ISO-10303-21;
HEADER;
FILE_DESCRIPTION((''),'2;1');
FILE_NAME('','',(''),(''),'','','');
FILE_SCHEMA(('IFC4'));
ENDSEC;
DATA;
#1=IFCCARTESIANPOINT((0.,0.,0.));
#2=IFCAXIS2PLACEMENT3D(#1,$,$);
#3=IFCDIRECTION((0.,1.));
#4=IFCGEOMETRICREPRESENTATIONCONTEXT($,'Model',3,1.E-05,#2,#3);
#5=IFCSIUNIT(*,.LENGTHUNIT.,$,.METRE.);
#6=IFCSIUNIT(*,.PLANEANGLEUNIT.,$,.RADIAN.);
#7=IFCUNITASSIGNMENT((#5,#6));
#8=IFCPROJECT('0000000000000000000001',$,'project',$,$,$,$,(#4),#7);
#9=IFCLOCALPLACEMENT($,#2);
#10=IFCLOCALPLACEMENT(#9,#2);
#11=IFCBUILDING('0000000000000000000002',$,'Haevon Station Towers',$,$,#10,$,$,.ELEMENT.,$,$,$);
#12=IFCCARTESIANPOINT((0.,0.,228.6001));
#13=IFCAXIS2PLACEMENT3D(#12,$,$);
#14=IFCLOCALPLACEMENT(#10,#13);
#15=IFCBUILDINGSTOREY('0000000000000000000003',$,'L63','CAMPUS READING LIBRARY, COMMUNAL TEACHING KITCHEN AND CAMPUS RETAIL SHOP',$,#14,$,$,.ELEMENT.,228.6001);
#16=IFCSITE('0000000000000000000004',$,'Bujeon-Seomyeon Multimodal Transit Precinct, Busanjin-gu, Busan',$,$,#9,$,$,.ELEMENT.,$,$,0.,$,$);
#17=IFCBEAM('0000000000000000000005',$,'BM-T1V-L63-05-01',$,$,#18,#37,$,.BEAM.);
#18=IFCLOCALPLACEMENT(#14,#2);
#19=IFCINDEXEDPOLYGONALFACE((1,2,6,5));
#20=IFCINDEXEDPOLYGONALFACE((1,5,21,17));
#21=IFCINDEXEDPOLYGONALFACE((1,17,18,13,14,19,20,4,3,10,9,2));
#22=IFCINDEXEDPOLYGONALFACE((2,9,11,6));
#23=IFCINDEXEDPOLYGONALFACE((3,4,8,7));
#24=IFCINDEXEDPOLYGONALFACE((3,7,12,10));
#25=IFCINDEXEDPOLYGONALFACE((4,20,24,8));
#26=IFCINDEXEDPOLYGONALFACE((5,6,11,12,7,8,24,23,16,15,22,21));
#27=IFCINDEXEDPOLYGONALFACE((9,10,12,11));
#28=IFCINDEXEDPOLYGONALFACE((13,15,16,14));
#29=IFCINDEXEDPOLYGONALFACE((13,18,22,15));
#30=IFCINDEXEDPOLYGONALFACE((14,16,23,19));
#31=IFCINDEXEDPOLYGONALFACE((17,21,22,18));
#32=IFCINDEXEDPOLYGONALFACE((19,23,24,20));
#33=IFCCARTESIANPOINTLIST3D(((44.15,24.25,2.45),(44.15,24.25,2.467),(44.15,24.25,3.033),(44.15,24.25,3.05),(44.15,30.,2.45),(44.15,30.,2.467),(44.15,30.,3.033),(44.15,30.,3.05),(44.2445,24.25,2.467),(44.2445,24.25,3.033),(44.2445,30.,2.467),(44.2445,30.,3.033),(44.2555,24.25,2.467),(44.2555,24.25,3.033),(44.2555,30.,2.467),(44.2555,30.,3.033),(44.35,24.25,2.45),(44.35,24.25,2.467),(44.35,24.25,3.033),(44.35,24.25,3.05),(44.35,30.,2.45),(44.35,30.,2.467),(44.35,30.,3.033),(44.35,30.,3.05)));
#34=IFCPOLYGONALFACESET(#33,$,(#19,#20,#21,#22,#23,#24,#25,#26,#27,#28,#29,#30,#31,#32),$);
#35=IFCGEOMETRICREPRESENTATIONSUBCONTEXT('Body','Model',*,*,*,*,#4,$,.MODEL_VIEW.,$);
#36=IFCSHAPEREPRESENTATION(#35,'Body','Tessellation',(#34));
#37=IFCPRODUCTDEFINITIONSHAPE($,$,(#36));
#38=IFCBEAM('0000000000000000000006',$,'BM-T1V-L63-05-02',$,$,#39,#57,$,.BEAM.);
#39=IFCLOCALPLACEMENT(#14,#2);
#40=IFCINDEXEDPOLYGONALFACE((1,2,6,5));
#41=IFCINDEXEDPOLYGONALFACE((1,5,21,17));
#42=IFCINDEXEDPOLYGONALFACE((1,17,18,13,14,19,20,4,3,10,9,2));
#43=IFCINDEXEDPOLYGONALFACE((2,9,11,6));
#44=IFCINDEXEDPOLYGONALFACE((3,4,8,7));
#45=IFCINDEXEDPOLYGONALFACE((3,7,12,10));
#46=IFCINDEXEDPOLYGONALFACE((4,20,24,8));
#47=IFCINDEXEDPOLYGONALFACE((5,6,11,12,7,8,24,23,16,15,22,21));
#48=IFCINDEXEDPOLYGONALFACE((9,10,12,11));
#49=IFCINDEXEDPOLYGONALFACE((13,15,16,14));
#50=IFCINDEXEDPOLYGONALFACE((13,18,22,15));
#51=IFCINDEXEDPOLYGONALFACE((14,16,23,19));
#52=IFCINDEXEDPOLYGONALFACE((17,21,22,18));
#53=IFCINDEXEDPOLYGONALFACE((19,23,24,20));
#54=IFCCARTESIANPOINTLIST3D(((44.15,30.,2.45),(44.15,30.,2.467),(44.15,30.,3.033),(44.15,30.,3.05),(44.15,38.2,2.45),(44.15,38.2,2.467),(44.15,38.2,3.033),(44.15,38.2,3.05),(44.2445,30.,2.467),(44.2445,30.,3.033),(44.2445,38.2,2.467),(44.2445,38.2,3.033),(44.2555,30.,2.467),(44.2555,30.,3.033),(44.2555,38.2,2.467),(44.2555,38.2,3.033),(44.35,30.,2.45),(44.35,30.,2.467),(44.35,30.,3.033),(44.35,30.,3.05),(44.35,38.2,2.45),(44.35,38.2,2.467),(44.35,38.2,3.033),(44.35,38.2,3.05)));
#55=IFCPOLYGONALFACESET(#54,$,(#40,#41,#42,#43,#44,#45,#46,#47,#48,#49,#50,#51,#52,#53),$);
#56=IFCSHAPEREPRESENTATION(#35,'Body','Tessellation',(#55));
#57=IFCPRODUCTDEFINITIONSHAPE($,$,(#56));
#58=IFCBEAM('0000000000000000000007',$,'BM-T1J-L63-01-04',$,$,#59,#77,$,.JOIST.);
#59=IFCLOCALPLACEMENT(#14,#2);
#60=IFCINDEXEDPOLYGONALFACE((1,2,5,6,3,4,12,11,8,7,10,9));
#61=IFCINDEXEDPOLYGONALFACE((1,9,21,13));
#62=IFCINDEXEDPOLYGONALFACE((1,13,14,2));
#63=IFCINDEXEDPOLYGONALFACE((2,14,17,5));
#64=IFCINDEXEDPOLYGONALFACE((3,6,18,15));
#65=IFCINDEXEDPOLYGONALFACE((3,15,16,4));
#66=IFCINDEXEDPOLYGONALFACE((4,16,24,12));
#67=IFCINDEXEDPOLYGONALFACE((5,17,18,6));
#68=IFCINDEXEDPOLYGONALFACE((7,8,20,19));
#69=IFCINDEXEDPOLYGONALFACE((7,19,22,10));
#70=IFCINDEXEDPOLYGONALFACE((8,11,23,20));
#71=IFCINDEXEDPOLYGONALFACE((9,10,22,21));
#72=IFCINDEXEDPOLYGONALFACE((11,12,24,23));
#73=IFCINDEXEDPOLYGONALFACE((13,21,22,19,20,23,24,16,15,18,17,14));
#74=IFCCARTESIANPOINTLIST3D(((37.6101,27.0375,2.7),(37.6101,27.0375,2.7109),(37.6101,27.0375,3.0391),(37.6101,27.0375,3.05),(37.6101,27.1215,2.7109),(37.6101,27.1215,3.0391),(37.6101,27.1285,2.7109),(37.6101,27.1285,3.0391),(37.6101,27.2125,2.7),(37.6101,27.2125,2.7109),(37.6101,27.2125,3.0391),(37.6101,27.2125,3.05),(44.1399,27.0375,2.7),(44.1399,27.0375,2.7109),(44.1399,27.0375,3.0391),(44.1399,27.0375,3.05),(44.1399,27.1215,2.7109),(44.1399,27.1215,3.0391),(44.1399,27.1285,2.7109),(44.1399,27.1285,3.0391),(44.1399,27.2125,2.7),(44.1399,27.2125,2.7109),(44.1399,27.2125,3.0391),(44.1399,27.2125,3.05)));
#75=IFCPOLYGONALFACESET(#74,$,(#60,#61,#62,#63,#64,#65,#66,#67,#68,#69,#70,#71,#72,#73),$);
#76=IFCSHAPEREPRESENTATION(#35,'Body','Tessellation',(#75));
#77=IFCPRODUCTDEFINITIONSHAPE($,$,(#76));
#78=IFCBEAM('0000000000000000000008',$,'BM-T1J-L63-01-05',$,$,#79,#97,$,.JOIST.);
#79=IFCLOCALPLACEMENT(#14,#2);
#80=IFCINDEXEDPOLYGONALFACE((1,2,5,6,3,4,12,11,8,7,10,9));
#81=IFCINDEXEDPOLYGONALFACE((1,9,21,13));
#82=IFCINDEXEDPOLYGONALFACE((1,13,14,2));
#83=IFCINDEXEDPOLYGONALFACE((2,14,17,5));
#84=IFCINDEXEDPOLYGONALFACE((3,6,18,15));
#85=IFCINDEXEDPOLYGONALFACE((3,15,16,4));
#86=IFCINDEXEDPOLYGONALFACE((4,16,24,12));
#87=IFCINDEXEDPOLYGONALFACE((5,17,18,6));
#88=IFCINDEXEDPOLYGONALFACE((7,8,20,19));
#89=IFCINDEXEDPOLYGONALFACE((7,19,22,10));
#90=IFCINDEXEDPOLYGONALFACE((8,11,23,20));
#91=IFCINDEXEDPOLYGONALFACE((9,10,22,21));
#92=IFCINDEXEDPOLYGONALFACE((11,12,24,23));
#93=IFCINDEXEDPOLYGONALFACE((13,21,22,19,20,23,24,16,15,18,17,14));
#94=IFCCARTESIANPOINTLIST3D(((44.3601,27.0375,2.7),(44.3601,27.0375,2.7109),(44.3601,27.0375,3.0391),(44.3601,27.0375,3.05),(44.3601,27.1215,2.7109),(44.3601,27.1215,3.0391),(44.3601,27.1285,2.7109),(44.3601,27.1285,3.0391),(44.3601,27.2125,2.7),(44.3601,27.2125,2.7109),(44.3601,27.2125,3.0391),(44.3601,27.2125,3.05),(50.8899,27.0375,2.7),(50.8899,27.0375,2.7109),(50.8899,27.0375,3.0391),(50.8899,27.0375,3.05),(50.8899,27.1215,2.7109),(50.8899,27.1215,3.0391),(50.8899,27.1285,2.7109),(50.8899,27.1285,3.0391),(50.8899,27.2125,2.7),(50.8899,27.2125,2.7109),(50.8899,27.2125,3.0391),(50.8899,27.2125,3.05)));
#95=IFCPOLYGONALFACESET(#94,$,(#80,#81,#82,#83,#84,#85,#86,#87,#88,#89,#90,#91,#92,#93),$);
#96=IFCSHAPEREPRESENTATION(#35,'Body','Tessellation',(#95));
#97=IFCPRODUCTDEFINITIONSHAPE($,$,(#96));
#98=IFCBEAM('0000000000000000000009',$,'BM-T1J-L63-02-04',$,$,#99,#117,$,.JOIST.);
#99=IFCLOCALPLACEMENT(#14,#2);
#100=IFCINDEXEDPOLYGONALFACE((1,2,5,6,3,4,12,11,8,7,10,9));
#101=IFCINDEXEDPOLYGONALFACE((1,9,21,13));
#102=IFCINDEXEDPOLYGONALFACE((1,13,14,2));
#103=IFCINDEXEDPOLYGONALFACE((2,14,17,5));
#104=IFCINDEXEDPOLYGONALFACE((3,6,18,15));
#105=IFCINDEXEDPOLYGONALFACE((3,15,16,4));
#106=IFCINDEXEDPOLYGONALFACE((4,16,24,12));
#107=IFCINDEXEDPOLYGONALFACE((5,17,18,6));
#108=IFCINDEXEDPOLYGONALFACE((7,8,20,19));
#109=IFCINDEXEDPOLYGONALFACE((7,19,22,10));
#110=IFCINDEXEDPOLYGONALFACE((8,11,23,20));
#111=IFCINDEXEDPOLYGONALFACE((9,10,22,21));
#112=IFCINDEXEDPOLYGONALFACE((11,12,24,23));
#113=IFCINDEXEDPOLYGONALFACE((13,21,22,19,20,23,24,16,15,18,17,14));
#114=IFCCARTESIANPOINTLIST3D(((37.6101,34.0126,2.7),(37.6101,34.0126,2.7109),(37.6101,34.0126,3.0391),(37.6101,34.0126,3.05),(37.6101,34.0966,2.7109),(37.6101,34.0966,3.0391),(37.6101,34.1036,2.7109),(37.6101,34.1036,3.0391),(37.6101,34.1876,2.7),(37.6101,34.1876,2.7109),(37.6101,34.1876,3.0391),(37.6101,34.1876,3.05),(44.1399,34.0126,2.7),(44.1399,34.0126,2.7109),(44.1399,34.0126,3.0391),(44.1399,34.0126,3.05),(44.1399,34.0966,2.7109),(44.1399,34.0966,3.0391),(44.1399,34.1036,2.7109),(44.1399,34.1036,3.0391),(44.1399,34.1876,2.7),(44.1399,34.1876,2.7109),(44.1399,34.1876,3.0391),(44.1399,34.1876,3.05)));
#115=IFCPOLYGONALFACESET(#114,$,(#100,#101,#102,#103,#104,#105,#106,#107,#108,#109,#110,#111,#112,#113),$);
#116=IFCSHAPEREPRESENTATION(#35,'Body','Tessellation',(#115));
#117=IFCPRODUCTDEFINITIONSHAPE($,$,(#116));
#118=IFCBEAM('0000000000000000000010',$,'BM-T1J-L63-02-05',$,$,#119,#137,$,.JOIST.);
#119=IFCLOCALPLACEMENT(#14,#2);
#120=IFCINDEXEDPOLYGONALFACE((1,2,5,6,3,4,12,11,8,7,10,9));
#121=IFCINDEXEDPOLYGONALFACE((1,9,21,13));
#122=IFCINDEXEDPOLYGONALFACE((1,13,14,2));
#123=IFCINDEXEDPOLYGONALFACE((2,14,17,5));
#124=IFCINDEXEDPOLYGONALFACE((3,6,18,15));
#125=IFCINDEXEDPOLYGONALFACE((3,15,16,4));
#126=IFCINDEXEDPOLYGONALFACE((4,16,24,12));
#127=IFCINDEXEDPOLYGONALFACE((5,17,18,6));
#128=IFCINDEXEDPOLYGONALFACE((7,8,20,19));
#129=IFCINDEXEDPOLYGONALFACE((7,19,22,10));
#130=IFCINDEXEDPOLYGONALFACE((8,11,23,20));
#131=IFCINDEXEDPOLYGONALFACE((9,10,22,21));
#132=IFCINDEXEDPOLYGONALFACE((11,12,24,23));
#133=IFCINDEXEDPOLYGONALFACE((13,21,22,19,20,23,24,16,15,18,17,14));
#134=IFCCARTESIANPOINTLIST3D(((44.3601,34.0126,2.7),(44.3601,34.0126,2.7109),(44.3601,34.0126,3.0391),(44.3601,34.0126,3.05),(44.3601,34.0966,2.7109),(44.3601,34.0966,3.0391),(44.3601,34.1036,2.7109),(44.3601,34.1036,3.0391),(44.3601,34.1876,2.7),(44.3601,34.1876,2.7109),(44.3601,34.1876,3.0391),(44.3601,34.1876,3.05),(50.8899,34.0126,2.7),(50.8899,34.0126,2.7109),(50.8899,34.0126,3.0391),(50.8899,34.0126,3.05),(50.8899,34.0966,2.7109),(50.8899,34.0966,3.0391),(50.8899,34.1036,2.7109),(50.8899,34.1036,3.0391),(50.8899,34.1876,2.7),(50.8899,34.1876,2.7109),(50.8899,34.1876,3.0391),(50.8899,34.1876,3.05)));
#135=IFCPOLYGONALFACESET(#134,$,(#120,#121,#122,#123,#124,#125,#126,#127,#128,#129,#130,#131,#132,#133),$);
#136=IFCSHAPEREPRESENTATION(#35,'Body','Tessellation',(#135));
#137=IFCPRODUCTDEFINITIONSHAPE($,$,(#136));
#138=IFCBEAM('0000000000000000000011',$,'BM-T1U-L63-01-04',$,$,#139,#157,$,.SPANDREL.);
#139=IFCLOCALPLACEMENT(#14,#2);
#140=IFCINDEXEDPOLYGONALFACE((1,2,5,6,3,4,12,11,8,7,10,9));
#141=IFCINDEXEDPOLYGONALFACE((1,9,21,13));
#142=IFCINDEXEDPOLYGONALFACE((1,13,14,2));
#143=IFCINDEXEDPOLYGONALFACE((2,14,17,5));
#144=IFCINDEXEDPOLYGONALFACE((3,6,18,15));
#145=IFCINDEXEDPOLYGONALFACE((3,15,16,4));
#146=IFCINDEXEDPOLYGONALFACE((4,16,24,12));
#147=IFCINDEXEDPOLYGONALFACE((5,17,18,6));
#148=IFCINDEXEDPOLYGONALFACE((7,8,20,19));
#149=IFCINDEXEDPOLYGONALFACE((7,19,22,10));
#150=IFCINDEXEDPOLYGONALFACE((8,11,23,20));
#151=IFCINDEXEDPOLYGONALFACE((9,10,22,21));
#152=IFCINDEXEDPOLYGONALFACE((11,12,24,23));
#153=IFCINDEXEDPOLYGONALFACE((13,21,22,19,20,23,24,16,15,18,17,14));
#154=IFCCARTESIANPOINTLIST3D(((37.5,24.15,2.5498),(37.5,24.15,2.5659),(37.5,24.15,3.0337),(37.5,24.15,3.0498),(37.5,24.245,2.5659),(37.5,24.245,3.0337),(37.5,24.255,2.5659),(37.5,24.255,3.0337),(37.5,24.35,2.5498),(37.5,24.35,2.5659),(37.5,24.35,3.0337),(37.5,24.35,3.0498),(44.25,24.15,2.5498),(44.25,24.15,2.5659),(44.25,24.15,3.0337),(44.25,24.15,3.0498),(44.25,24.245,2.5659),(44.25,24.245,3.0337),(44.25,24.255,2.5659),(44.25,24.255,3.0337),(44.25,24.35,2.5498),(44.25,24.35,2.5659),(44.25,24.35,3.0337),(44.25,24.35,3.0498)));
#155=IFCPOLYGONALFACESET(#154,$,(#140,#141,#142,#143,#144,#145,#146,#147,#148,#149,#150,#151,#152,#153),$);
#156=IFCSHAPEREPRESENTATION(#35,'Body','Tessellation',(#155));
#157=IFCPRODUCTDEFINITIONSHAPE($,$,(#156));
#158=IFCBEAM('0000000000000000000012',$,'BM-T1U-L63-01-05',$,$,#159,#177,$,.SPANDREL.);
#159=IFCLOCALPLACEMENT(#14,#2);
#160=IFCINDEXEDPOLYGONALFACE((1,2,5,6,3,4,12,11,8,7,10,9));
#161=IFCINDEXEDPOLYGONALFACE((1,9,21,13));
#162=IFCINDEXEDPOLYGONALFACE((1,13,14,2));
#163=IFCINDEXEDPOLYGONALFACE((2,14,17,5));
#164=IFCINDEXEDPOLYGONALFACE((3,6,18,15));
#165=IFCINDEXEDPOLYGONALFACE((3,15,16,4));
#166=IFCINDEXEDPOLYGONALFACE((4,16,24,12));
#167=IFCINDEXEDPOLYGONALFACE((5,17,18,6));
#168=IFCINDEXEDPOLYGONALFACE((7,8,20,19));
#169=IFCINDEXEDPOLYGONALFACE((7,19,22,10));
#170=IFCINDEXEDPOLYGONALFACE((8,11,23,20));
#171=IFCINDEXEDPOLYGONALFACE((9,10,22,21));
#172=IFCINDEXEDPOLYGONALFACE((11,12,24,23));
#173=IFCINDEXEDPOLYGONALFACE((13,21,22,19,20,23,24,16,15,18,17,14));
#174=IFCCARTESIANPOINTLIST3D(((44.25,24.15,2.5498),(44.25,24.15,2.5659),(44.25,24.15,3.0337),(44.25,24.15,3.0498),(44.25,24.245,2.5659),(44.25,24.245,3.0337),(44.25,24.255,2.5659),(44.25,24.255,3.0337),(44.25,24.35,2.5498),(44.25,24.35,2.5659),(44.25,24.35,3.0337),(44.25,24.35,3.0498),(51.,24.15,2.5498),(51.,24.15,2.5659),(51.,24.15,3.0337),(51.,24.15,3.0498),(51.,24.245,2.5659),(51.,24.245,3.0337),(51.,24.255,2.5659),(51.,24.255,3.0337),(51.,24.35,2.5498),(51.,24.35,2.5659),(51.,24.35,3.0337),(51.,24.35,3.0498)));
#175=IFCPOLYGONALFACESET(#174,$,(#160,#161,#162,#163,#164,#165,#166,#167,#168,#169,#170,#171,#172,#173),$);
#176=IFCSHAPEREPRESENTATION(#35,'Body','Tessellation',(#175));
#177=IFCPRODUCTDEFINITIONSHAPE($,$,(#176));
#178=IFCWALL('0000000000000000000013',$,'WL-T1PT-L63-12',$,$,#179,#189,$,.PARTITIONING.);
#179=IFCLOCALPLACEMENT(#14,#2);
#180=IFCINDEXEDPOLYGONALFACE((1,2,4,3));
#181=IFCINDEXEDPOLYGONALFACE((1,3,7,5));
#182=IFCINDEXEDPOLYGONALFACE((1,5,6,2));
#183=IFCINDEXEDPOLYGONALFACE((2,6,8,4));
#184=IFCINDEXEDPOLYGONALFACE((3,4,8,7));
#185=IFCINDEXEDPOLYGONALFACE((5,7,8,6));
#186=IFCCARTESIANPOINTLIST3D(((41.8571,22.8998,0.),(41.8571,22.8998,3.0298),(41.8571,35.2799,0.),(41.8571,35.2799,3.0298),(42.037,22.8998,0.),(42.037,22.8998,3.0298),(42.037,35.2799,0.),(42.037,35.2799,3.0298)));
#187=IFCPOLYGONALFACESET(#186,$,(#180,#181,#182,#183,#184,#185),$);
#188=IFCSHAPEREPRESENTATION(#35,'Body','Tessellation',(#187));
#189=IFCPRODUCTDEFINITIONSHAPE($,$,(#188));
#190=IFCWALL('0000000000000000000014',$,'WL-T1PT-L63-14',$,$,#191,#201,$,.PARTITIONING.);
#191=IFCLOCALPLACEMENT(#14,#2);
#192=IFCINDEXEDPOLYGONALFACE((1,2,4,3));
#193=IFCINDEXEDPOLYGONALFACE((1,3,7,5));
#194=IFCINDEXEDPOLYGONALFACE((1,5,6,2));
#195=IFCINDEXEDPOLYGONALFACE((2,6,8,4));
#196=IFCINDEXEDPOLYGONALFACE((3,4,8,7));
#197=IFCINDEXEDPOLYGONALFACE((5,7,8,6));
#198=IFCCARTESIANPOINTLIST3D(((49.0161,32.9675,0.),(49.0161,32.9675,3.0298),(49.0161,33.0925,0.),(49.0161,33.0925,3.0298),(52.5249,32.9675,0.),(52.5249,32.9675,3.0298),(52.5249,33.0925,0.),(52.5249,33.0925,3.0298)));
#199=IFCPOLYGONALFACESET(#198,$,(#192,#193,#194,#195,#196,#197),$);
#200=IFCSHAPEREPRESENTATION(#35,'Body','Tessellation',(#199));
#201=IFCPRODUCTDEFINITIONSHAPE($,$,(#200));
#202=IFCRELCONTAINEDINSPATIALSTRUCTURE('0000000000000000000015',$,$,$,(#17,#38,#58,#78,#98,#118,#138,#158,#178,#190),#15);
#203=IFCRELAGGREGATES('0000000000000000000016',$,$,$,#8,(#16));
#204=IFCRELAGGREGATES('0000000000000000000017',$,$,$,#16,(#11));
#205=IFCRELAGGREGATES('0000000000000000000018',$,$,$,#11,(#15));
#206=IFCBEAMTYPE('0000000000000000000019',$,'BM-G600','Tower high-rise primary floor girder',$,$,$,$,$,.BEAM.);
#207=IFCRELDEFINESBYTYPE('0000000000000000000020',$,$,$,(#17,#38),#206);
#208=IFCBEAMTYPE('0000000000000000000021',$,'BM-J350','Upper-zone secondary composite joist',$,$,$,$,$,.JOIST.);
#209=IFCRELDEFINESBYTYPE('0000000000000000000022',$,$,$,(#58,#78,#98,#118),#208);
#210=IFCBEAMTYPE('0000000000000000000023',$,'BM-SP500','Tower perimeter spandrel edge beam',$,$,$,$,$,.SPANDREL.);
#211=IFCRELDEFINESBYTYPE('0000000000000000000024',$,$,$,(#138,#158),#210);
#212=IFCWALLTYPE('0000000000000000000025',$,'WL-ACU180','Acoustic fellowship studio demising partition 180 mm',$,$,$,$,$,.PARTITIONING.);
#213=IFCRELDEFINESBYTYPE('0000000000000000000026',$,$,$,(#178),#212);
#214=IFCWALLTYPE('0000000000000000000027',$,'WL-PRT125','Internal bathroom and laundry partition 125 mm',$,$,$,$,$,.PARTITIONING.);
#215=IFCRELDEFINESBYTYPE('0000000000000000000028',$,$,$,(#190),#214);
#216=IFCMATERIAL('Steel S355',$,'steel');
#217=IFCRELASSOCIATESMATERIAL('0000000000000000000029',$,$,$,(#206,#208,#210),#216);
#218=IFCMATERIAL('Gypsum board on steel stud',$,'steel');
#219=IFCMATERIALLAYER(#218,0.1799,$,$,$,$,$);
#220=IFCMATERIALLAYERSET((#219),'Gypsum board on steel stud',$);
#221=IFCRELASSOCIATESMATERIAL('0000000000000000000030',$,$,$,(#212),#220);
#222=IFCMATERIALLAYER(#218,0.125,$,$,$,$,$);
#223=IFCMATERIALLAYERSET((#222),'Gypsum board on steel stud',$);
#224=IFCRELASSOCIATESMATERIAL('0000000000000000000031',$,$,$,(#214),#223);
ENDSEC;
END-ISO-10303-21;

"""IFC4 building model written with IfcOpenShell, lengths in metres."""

from ifc_helpers import new_model, si_unit, direction, frame, frame_2d, origin, origin_2d, place, context, subcontext, project, spatial, rectangle, i_section, extrude, material, layer, layer_set, material_profile, profile_set, type_object, element, save


model = new_model("IFC4")

# Units and contexts
model_context = context("Model", 3, precision=1e-05, world=origin(), true_north=direction((0.0, 1.0)))
body_context = subcontext(model_context, "Body", "Model", "MODEL_VIEW")
ifc_project = project(units=[si_unit("LENGTHUNIT", "METRE"), si_unit("PLANEANGLEUNIT", "RADIAN")], contexts=[model_context])

# Site, building, storey
site_placement = place(None, origin())
site = spatial("IfcSite", under=ifc_project, at=site_placement, Name="Bujeon-Seomyeon Multimodal Transit Precinct, Busanjin-gu, Busan", CompositionType="ELEMENT", RefElevation=0.0)
building_placement = place(site_placement, origin())
building = spatial("IfcBuilding", under=site, at=building_placement, Name="Haevon Station Towers", CompositionType="ELEMENT")
storey_placement = place(building_placement, frame((0.0, 0.0, 228.6001)))
storey = spatial("IfcBuildingStorey", under=building, at=storey_placement, Name="L63", Description="CAMPUS READING LIBRARY, COMMUNAL TEACHING KITCHEN AND CAMPUS RETAIL SHOP", CompositionType="ELEMENT", Elevation=228.6001)

# Shared definitions
ifc_material_1 = material(Name="Steel S355", Category="steel")

# Beams
ifc_material_profile_1 = material_profile(ifc_material_1, i_section(OverallWidth=0.2, OverallDepth=0.6001, WebThickness=0.011, FlangeThickness=0.0171, at=origin_2d()), Name="H-600x200x11x17")
ifc_profile_set_1 = profile_set([ifc_material_profile_1], Name="Steel S355")
beam_type_1 = type_object("IfcBeamType", Name="BM-G600", Description="Tower high-rise primary floor girder", PredefinedType="BEAM", material=ifc_profile_set_1)
beam_1_placement = place(storey_placement, frame((44.25, 24.25, 2.75), z_axis=(0.0, 1.0, 0.0), x_axis=(-1.0, 0.0, 0.0)))
element("IfcBeam", 1, at=beam_1_placement, inside=storey, type_object=beam_type_1, Name="BM-T1V-L63-05-01", PredefinedType="BEAM", context=body_context, shape_type="SweptSolid", body=[
    extrude(i_section(OverallWidth=0.2, OverallDepth=0.6001, WebThickness=0.011, FlangeThickness=0.0171, at=origin_2d()), origin(), (0.0, 0.0, 1.0), 5.75),
])
beam_2_placement = place(storey_placement, frame((44.25, 30.0, 2.75), z_axis=(0.0, 1.0, 0.0), x_axis=(-1.0, 0.0, 0.0)))
element("IfcBeam", 2, at=beam_2_placement, inside=storey, type_object=beam_type_1, Name="BM-T1V-L63-05-02", PredefinedType="BEAM", context=body_context, shape_type="SweptSolid", body=[
    extrude(i_section(OverallWidth=0.2, OverallDepth=0.6001, WebThickness=0.011, FlangeThickness=0.0171, at=origin_2d()), origin(), (0.0, 0.0, 1.0), 8.2),
])
ifc_material_profile_2 = material_profile(ifc_material_1, i_section(OverallWidth=0.175, OverallDepth=0.3501, WebThickness=0.0071, FlangeThickness=0.011, at=origin_2d()), Name="H-350x175x7x11")
ifc_profile_set_2 = profile_set([ifc_material_profile_2], Name="Steel S355")
beam_type_2 = type_object("IfcBeamType", Name="BM-J350", Description="Upper-zone secondary composite joist", PredefinedType="JOIST", material=ifc_profile_set_2)
for number, where, z_axis, x_axis, name in (
    (3, (37.6101, 27.125, 2.875), (1.0, 0.0, 0.0), (0.0, 1.0, 0.0), "BM-T1J-L63-01-04"),
    (4, (44.3601, 27.125, 2.875), (1.0, 0.0, 0.0), (0.0, 1.0, 0.0), "BM-T1J-L63-01-05"),
    (5, (37.6101, 34.1001, 2.875), (1.0, 0.0, 0.0), (0.0, 1.0, 0.0), "BM-T1J-L63-02-04"),
    (6, (44.3601, 34.1001, 2.875), (1.0, 0.0, 0.0), (0.0, 1.0, 0.0), "BM-T1J-L63-02-05"),
):
    element("IfcBeam", number, at=place(storey_placement, frame(where, z_axis=z_axis, x_axis=x_axis)), inside=storey, type_object=beam_type_2, Name=name, PredefinedType="JOIST", context=body_context, shape_type="SweptSolid", body=[
        extrude(i_section(OverallWidth=0.175, OverallDepth=0.3501, WebThickness=0.0071, FlangeThickness=0.011, at=origin_2d()), origin(), (0.0, 0.0, 1.0), 6.5298),
    ])
ifc_material_profile_3 = material_profile(ifc_material_1, i_section(OverallWidth=0.2, OverallDepth=0.5, WebThickness=0.01, FlangeThickness=0.0161, at=origin_2d()), Name="H-500x200x10x16")
ifc_profile_set_3 = profile_set([ifc_material_profile_3], Name="Steel S355")
beam_type_3 = type_object("IfcBeamType", Name="BM-SP500", Description="Tower perimeter spandrel edge beam", PredefinedType="SPANDREL", material=ifc_profile_set_3)
for number, where, z_axis, x_axis, name in (
    (7, (37.5, 24.25, 2.7998), (1.0, 0.0, 0.0), (0.0, 1.0, 0.0), "BM-T1U-L63-01-04"),
    (8, (44.25, 24.25, 2.7998), (1.0, 0.0, 0.0), (0.0, 1.0, 0.0), "BM-T1U-L63-01-05"),
):
    element("IfcBeam", number, at=place(storey_placement, frame(where, z_axis=z_axis, x_axis=x_axis)), inside=storey, type_object=beam_type_3, Name=name, PredefinedType="SPANDREL", context=body_context, shape_type="SweptSolid", body=[
        extrude(i_section(OverallWidth=0.2, OverallDepth=0.5, WebThickness=0.01, FlangeThickness=0.0161, at=origin_2d()), origin(), (0.0, 0.0, 1.0), 6.75),
    ])

# Walls
ifc_material_2 = material(Name="Gypsum board on steel stud", Category="steel")
ifc_layer_1 = layer(ifc_material_2, 0.1799)
ifc_layer_set_1 = layer_set([ifc_layer_1], Name="Gypsum board on steel stud")
wall_type_1 = type_object("IfcWallType", Name="WL-ACU180", Description="Acoustic fellowship studio demising partition 180 mm", PredefinedType="PARTITIONING", material=ifc_layer_set_1)
wall_1_placement = place(storey_placement, frame((41.947, 22.8999, 0.0), z_axis=(0.0, 0.0, 1.0), x_axis=(0.0, 1.0, 0.0)))
element("IfcWall", 9, at=wall_1_placement, inside=storey, type_object=wall_type_1, Name="WL-T1PT-L63-12", PredefinedType="PARTITIONING", context=body_context, shape_type="SweptSolid", body=[
    extrude(rectangle(XDim=12.3801, YDim=0.1799, at=frame_2d((6.1899, 0.0))), origin(), (0.0, 0.0, 1.0), 3.0298),
])
ifc_layer_2 = layer(ifc_material_2, 0.125)
ifc_layer_set_2 = layer_set([ifc_layer_2], Name="Gypsum board on steel stud")
wall_type_2 = type_object("IfcWallType", Name="WL-PRT125", Description="Internal bathroom and laundry partition 125 mm", PredefinedType="PARTITIONING", material=ifc_layer_set_2)
wall_2_placement = place(storey_placement, frame((49.0161, 33.03, 0.0), z_axis=(0.0, 0.0, 1.0), x_axis=(1.0, 0.0, 0.0)))
element("IfcWall", 10, at=wall_2_placement, inside=storey, type_object=wall_type_2, Name="WL-T1PT-L63-14", PredefinedType="PARTITIONING", context=body_context, shape_type="SweptSolid", body=[
    extrude(rectangle(XDim=3.5088, YDim=0.125, at=frame_2d((1.7544, 0.0))), origin(), (0.0, 0.0, 1.0), 3.0298),
])

save(model, "model.ifc")
